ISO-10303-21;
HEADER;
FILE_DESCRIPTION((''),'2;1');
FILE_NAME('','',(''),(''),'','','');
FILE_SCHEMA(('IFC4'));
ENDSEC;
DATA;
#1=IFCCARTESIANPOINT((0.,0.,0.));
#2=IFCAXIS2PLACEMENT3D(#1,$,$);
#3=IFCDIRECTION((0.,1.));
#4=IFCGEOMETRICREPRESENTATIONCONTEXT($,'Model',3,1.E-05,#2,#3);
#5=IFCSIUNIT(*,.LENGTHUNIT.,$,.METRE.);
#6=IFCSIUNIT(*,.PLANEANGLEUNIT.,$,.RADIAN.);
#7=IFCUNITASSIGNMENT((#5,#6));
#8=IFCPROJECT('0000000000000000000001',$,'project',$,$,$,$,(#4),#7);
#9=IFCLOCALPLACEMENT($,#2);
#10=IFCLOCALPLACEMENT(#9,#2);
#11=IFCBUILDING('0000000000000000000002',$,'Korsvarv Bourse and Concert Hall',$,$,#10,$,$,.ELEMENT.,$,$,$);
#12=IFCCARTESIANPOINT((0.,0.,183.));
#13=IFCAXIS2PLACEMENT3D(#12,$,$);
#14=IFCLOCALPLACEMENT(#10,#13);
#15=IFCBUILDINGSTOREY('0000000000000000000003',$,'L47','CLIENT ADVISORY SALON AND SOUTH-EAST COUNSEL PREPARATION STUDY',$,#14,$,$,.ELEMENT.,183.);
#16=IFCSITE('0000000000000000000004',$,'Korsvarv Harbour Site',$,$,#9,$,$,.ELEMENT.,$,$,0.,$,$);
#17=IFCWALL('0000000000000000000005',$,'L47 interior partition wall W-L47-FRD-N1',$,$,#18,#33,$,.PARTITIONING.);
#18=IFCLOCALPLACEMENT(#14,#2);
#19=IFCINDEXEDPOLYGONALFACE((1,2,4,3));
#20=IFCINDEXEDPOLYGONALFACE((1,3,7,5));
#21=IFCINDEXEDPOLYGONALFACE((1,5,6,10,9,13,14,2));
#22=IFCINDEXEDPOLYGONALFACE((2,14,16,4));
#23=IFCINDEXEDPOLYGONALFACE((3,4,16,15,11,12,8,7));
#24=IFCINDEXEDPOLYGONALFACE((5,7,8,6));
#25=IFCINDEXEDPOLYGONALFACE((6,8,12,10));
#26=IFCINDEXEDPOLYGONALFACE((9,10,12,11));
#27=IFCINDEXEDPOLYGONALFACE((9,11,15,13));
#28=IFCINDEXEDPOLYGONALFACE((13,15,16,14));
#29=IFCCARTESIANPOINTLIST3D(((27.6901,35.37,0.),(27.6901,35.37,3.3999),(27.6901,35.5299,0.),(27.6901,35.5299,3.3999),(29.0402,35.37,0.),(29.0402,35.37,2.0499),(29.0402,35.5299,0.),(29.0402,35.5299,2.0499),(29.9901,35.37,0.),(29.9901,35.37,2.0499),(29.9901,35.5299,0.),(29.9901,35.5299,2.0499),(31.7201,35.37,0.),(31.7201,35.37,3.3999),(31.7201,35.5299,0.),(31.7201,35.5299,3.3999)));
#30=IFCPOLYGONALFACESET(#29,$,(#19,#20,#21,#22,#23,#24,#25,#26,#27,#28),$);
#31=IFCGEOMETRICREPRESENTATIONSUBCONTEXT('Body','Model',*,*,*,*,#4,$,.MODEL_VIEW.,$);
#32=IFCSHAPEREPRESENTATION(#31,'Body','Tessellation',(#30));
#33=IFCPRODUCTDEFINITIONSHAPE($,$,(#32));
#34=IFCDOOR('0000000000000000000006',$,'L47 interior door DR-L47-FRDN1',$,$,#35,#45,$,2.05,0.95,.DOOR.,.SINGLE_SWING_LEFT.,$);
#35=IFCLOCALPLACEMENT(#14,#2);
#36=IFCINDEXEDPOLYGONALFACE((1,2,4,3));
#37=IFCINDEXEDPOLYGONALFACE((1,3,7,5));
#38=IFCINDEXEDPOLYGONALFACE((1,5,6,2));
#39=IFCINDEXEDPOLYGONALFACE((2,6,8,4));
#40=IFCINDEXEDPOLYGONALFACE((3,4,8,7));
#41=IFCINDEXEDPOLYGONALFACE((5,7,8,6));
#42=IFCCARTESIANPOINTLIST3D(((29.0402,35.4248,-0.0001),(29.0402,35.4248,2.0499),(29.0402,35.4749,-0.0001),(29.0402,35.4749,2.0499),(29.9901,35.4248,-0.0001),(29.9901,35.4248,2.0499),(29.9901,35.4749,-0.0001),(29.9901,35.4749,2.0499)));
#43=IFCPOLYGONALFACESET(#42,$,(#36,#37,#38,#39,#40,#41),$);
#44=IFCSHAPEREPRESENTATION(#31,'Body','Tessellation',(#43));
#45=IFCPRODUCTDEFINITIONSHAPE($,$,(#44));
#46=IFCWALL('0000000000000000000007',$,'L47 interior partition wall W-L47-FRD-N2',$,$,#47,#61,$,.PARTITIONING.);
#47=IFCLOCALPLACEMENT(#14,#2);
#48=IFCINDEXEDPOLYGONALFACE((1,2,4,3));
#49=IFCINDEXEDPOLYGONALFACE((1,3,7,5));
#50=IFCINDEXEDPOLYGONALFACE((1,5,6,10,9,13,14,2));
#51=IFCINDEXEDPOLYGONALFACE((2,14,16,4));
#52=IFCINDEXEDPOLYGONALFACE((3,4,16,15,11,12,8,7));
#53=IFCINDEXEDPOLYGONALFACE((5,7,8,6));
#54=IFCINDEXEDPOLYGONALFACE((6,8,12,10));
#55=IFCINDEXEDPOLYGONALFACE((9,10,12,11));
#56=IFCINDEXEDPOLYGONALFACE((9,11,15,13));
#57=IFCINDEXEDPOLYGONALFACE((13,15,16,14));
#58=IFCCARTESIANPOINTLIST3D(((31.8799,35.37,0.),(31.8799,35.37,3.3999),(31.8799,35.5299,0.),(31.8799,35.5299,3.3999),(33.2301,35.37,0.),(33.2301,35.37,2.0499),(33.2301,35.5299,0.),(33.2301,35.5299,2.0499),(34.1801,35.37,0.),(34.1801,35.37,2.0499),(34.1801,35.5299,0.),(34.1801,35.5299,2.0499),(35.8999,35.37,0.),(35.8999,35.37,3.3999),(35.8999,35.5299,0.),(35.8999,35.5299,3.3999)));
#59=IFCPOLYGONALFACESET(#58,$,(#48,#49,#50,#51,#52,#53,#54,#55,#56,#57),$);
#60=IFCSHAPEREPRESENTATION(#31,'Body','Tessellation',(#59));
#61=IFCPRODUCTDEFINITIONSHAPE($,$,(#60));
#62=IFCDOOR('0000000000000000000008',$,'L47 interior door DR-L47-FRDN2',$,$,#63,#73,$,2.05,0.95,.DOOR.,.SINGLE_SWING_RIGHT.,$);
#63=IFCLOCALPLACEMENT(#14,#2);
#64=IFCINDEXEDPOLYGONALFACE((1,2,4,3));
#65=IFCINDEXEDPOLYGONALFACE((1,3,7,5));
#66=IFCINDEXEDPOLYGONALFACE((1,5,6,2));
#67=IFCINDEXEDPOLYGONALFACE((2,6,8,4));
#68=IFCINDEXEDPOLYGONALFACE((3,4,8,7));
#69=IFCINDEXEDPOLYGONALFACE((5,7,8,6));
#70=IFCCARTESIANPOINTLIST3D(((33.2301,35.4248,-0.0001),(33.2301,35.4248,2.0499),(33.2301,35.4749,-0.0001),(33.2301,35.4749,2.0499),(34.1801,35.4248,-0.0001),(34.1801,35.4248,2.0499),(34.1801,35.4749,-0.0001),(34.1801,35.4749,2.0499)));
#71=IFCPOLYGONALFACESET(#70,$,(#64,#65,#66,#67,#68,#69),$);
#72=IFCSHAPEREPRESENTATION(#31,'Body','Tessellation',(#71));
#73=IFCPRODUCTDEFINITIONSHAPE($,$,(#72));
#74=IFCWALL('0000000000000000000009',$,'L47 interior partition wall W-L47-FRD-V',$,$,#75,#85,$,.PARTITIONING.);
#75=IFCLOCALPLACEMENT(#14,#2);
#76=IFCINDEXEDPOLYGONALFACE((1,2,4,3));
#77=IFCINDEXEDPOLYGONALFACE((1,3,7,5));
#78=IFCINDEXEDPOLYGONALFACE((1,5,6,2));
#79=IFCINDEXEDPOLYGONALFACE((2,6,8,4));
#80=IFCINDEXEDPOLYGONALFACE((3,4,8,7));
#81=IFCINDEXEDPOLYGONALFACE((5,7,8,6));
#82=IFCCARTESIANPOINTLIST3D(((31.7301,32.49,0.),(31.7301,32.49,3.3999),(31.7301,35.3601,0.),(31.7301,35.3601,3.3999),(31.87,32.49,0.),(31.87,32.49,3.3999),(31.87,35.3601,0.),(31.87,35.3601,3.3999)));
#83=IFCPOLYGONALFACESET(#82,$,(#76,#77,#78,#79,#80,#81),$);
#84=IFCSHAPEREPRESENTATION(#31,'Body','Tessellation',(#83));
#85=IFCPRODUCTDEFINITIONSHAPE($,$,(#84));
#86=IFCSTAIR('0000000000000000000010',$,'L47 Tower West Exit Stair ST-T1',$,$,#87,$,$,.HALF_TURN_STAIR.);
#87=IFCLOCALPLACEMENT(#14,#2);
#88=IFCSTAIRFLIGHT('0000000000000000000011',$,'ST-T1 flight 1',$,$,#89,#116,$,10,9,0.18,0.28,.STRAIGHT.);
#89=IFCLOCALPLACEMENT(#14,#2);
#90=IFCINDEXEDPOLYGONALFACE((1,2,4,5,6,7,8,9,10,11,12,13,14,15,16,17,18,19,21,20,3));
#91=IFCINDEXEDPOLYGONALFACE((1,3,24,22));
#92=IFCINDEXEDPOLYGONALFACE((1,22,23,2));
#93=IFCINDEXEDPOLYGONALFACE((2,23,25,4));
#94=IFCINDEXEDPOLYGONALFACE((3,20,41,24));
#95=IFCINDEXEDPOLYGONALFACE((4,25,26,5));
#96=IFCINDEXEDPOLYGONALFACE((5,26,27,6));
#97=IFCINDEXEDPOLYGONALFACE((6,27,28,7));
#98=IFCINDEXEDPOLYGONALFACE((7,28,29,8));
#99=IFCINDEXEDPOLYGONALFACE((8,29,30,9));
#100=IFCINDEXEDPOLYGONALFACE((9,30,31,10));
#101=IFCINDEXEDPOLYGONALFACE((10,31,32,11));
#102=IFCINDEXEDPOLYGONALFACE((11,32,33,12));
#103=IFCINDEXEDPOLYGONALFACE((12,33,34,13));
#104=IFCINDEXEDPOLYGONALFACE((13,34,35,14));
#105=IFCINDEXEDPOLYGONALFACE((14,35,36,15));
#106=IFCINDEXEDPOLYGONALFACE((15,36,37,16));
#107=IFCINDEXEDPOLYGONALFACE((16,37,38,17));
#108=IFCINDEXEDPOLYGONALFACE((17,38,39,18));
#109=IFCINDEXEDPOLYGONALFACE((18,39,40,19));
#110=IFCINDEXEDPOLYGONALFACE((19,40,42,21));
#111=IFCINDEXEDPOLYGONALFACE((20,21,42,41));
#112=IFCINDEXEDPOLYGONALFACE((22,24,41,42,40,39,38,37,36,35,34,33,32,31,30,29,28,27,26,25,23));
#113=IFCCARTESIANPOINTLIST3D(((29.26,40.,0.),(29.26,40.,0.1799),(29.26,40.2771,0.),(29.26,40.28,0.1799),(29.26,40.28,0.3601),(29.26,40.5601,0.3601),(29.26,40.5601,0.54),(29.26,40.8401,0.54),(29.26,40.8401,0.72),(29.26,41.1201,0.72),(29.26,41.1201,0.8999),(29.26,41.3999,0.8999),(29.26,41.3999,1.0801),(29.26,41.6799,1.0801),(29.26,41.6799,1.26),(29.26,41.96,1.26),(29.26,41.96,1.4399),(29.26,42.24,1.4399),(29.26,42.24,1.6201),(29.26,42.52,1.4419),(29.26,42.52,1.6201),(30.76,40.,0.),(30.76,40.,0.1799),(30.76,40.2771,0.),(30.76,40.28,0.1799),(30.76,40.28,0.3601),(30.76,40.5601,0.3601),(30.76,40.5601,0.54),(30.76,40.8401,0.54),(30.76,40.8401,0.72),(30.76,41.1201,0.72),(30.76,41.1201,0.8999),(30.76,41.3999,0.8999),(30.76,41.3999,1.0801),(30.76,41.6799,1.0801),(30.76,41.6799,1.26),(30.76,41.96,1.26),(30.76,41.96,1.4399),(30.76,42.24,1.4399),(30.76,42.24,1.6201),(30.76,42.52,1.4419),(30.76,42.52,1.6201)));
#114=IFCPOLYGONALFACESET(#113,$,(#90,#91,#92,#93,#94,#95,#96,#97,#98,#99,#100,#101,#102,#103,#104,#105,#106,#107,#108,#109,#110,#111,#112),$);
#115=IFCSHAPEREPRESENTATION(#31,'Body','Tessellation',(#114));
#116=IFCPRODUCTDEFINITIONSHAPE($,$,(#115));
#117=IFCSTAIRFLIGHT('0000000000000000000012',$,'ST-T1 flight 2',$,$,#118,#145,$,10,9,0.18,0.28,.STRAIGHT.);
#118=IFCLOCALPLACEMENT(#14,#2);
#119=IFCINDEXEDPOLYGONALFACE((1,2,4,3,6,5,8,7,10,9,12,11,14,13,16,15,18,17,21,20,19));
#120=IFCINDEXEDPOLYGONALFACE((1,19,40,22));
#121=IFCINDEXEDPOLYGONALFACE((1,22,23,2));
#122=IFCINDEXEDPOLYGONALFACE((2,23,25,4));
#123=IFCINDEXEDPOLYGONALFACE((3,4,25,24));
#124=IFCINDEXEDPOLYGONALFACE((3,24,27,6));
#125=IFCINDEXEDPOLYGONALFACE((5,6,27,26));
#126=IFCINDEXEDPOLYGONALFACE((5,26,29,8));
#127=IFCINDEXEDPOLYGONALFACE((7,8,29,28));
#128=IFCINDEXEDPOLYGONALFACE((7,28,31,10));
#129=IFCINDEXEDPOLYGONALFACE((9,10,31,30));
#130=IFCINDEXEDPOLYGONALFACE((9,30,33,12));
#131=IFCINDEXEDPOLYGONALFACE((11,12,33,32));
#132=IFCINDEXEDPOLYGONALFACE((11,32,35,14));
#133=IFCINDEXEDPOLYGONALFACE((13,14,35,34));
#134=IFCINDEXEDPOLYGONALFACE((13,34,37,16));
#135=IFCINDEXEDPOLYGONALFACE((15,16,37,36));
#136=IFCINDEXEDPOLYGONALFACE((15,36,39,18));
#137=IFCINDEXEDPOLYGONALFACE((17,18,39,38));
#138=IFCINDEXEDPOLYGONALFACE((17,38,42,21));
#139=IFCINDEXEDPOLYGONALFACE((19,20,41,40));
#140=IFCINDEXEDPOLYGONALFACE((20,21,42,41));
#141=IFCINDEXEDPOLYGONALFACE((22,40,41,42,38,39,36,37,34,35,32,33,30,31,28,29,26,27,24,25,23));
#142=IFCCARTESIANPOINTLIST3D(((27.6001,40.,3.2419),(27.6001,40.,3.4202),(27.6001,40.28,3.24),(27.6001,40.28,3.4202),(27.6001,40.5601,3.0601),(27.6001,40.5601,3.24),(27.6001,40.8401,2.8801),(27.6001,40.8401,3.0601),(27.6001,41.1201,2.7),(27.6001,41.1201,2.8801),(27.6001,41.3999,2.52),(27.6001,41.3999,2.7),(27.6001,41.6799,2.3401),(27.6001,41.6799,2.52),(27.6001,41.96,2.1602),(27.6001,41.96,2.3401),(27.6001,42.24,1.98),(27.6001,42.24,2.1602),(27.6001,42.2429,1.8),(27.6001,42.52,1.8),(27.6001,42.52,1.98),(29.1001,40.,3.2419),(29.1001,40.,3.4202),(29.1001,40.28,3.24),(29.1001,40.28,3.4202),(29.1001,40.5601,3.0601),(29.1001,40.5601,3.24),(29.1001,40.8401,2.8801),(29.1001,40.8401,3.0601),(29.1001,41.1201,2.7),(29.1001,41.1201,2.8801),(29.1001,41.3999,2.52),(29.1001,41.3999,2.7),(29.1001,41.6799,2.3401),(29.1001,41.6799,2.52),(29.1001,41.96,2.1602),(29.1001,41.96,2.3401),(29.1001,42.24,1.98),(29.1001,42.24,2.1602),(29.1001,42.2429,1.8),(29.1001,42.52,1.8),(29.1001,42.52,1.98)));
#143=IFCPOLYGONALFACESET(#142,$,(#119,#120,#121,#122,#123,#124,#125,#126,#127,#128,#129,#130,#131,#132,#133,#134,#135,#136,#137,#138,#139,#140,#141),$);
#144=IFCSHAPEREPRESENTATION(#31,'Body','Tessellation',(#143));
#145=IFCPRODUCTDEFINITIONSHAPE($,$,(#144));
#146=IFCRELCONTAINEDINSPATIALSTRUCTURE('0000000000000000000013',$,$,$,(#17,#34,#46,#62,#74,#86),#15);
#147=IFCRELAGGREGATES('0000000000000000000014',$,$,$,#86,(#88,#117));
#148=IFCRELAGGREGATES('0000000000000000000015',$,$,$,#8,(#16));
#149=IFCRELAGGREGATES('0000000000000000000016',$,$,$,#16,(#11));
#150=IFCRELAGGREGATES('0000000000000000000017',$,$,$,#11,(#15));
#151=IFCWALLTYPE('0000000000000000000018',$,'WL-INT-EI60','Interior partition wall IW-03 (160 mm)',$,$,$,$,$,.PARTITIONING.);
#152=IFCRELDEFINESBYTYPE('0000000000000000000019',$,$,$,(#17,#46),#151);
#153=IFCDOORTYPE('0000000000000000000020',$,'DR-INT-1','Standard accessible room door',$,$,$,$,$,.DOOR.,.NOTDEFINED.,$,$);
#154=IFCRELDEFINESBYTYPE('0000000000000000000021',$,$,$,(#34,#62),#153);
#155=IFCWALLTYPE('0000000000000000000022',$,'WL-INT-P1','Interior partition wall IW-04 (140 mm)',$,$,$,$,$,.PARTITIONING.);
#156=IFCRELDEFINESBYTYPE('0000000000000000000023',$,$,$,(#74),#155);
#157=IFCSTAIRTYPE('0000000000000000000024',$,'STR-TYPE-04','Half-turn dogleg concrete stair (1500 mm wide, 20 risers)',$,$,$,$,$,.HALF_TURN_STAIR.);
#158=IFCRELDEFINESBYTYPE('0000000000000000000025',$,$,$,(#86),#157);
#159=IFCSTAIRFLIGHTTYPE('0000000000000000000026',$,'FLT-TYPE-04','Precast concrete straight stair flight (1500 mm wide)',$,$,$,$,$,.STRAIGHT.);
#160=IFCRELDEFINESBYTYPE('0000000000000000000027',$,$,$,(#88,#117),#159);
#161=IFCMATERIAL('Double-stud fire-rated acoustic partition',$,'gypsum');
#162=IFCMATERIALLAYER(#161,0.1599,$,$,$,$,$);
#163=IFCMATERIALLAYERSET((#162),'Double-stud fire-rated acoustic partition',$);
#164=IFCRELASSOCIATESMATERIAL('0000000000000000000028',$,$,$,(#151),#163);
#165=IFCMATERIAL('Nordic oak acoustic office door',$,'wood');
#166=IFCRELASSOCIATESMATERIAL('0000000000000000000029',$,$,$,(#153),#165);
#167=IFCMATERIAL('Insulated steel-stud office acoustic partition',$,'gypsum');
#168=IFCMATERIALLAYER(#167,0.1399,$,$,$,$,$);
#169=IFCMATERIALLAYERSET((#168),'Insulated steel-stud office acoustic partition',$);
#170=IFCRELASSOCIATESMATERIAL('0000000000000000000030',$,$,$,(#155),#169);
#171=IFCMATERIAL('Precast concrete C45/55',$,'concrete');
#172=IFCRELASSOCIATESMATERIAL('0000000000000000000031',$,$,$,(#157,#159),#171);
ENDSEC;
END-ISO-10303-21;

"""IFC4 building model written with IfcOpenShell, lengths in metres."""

from ifc_helpers import new_model, si_unit, direction, frame, frame_2d, origin, place, context, subcontext, project, spatial, polyline, rectangle, outline, extrude, material, layer, layer_set, type_object, element, fill, aggregate, save


model = new_model("IFC4")

# Units and contexts
model_context = context("Model", 3, precision=1e-05, world=origin(), true_north=direction((0.0, 1.0)))
body_context = subcontext(model_context, "Body", "Model", "MODEL_VIEW")
ifc_project = project(units=[si_unit("LENGTHUNIT", "METRE"), si_unit("PLANEANGLEUNIT", "RADIAN")], contexts=[model_context])

# Site, building, storey
site_placement = place(None, origin())
site = spatial("IfcSite", under=ifc_project, at=site_placement, Name="Korsvarv Harbour Site", CompositionType="ELEMENT", RefElevation=0.0)
building_placement = place(site_placement, origin())
building = spatial("IfcBuilding", under=site, at=building_placement, Name="Korsvarv Bourse and Concert Hall", CompositionType="ELEMENT")
storey_placement = place(building_placement, frame((0.0, 0.0, 183.0)))
storey = spatial("IfcBuildingStorey", under=building, at=storey_placement, Name="L47", Description="CLIENT ADVISORY SALON AND SOUTH-EAST COUNSEL PREPARATION STUDY", CompositionType="ELEMENT", Elevation=183.0)

# Shared definitions
ifc_material_1 = material(Name="Double-stud fire-rated acoustic partition", Category="gypsum")
ifc_layer_1 = layer(ifc_material_1, 0.1599)
ifc_layer_set_1 = layer_set([ifc_layer_1], Name="Double-stud fire-rated acoustic partition")
wall_type_1 = type_object("IfcWallType", Name="WL-INT-EI60", Description="Interior partition wall IW-03 (160 mm)", PredefinedType="PARTITIONING", material=ifc_layer_set_1)

# Walls, openings, doors
wall_1_placement = place(storey_placement, frame((27.6899, 35.45, 0.0), z_axis=(0.0, 0.0, 1.0), x_axis=(1.0, 0.0, 0.0)))
wall_1 = element("IfcWall", 1, at=wall_1_placement, inside=storey, type_object=wall_type_1, Name="L47 interior partition wall W-L47-FRD-N1", PredefinedType="PARTITIONING", context=body_context, shape_type="SweptSolid", body=[
    extrude(rectangle(XDim=4.03, YDim=0.1599, at=frame_2d((2.0151, 0.0))), origin(), (0.0, 0.0, 1.0), 3.3999),
])
opening_1_placement = place(wall_1_placement, frame((1.3501, 0.0, 0.0)))
opening_1 = element("IfcOpeningElement", 2, at=opening_1_placement, cuts=wall_1, PredefinedType="OPENING", context=body_context, shape_type="SweptSolid", body=[
    extrude(rectangle(XDim=0.95, YDim=2.05, at=frame_2d((0.4751, 1.0249))), frame((0.0, 0.0898, 0.0), z_axis=(0.0, -1.0, 0.0), x_axis=(1.0, 0.0, 0.0)), (0.0, 0.0, 1.0), 0.1799),
])
ifc_material_2 = material(Name="Nordic oak acoustic office door", Category="wood")
door_type_1 = type_object("IfcDoorType", Name="DR-INT-1", Description="Standard accessible room door", OperationType="NOTDEFINED", PredefinedType="DOOR", material=ifc_material_2)
door_1_placement = place(opening_1_placement, origin())
door_1 = element("IfcDoor", 3, at=door_1_placement, inside=storey, type_object=door_type_1, Name="L47 interior door DR-L47-FRDN1", OperationType="SINGLE_SWING_LEFT", OverallHeight=2.05, OverallWidth=0.95, PredefinedType="DOOR", context=body_context, shape_type="SweptSolid", body=[
    extrude(rectangle(XDim=0.95, YDim=2.05, at=frame_2d((0.4751, 1.0249))), frame((0.0, 0.0249, 0.0), z_axis=(0.0, -1.0, 0.0), x_axis=(1.0, 0.0, 0.0)), (0.0, 0.0, 1.0), 0.05),
])
fill(opening_1, door_1)
wall_2_placement = place(storey_placement, frame((31.8799, 35.45, 0.0), z_axis=(0.0, 0.0, 1.0), x_axis=(1.0, 0.0, 0.0)))
wall_2 = element("IfcWall", 4, at=wall_2_placement, inside=storey, type_object=wall_type_1, Name="L47 interior partition wall W-L47-FRD-N2", PredefinedType="PARTITIONING", context=body_context, shape_type="SweptSolid", body=[
    extrude(rectangle(XDim=4.02, YDim=0.1599, at=frame_2d((2.01, 0.0))), origin(), (0.0, 0.0, 1.0), 3.3999),
])
opening_2_placement = place(wall_2_placement, frame((1.3501, 0.0, 0.0)))
opening_2 = element("IfcOpeningElement", 5, at=opening_2_placement, cuts=wall_2, PredefinedType="OPENING", context=body_context, shape_type="SweptSolid", body=[
    extrude(rectangle(XDim=0.95, YDim=2.05, at=frame_2d((0.4751, 1.0249))), frame((0.0, 0.0898, 0.0), z_axis=(0.0, -1.0, 0.0), x_axis=(1.0, 0.0, 0.0)), (0.0, 0.0, 1.0), 0.1799),
])
door_2_placement = place(opening_2_placement, origin())
door_2 = element("IfcDoor", 6, at=door_2_placement, inside=storey, type_object=door_type_1, Name="L47 interior door DR-L47-FRDN2", OperationType="SINGLE_SWING_RIGHT", OverallHeight=2.05, OverallWidth=0.95, PredefinedType="DOOR", context=body_context, shape_type="SweptSolid", body=[
    extrude(rectangle(XDim=0.95, YDim=2.05, at=frame_2d((0.4751, 1.0249))), frame((0.0, 0.0249, 0.0), z_axis=(0.0, -1.0, 0.0), x_axis=(1.0, 0.0, 0.0)), (0.0, 0.0, 1.0), 0.05),
])
fill(opening_2, door_2)

# Wall
ifc_material_3 = material(Name="Insulated steel-stud office acoustic partition", Category="gypsum")
ifc_layer_2 = layer(ifc_material_3, 0.1399)
ifc_layer_set_2 = layer_set([ifc_layer_2], Name="Insulated steel-stud office acoustic partition")
wall_type_2 = type_object("IfcWallType", Name="WL-INT-P1", Description="Interior partition wall IW-04 (140 mm)", PredefinedType="PARTITIONING", material=ifc_layer_set_2)
wall_3_placement = place(storey_placement, frame((31.8, 32.49, 0.0), z_axis=(0.0, 0.0, 1.0), x_axis=(0.0, 1.0, 0.0)))
element("IfcWall", 7, at=wall_3_placement, inside=storey, type_object=wall_type_2, Name="L47 interior partition wall W-L47-FRD-V", PredefinedType="PARTITIONING", context=body_context, shape_type="SweptSolid", body=[
    extrude(rectangle(XDim=2.8701, YDim=0.1399, at=frame_2d((1.4351, 0.0))), origin(), (0.0, 0.0, 1.0), 3.3999),
])

# Stair, stair flights
ifc_material_4 = material(Name="Precast concrete C45/55", Category="concrete")
stair_type = type_object("IfcStairType", Name="STR-TYPE-04", Description="Half-turn dogleg concrete stair (1500 mm wide, 20 risers)", PredefinedType="HALF_TURN_STAIR", material=ifc_material_4)
stair_placement = place(storey_placement, origin())
stair = element("IfcStair", 8, at=stair_placement, inside=storey, type_object=stair_type, Name="L47 Tower West Exit Stair ST-T1", PredefinedType="HALF_TURN_STAIR")
stair_flight_type = type_object("IfcStairFlightType", Name="FLT-TYPE-04", Description="Precast concrete straight stair flight (1500 mm wide)", PredefinedType="STRAIGHT", material=ifc_material_4)
stair_flight_1_placement = place(storey_placement, frame((30.01, 40.0, 0.0), z_axis=(0.0, 0.0, 1.0), x_axis=(0.0, 1.0, 0.0)))
stair_flight_1 = element("IfcStairFlight", 9, at=stair_flight_1_placement, type_object=stair_flight_type, Name="ST-T1 flight 1", NumberOfRisers=10, NumberOfTreads=9, PredefinedType="STRAIGHT", RiserHeight=0.18, TreadLength=0.28, context=body_context, shape_type="SweptSolid", body=[
    extrude(outline(polyline([(0.0, 0.0), (0.0, 0.1799), (0.28, 0.1799), (0.28, 0.3601), (0.5601, 0.3601), (0.5601, 0.54), (0.8401, 0.54), (0.8401, 0.72), (1.1201, 0.72), (1.1201, 0.8999), (1.3999, 0.8999), (1.3999, 1.0801), (1.6799, 1.0801), (1.6799, 1.26), (1.96, 1.26), (1.96, 1.4399), (2.24, 1.4399), (2.24, 1.6201), (2.52, 1.6201), (2.52, 1.8), (2.52, 1.4419), (0.2771, 0.0), (0.0, 0.0)])), frame((0.0, 0.75, 0.0), z_axis=(0.0, -1.0, 0.0), x_axis=(1.0, 0.0, 0.0)), (0.0, 0.0, 1.0), 1.5),
])
stair_flight_2_placement = place(storey_placement, frame((28.3501, 42.52, 1.8), z_axis=(0.0, 0.0, 1.0), x_axis=(0.0, -1.0, 0.0)))
stair_flight_2 = element("IfcStairFlight", 10, at=stair_flight_2_placement, type_object=stair_flight_type, Name="ST-T1 flight 2", NumberOfRisers=10, NumberOfTreads=9, PredefinedType="STRAIGHT", RiserHeight=0.18, TreadLength=0.28, context=body_context, shape_type="SweptSolid", body=[
    extrude(outline(polyline([(0.0, 0.0), (0.0, 0.1799), (0.28, 0.1799), (0.28, 0.3601), (0.5601, 0.3601), (0.5601, 0.54), (0.8401, 0.54), (0.8401, 0.72), (1.1201, 0.72), (1.1201, 0.8999), (1.3999, 0.8999), (1.3999, 1.0801), (1.6799, 1.0801), (1.6799, 1.26), (1.96, 1.26), (1.96, 1.4399), (2.24, 1.4399), (2.24, 1.6201), (2.52, 1.6201), (2.52, 1.8), (2.52, 1.4419), (0.2771, 0.0), (0.0, 0.0)])), frame((0.0, 0.75, 0.0), z_axis=(0.0, -1.0, 0.0), x_axis=(1.0, 0.0, 0.0)), (0.0, 0.0, 1.0), 1.5),
])
aggregate(stair, [stair_flight_1, stair_flight_2])

save(model, "model.ifc")
